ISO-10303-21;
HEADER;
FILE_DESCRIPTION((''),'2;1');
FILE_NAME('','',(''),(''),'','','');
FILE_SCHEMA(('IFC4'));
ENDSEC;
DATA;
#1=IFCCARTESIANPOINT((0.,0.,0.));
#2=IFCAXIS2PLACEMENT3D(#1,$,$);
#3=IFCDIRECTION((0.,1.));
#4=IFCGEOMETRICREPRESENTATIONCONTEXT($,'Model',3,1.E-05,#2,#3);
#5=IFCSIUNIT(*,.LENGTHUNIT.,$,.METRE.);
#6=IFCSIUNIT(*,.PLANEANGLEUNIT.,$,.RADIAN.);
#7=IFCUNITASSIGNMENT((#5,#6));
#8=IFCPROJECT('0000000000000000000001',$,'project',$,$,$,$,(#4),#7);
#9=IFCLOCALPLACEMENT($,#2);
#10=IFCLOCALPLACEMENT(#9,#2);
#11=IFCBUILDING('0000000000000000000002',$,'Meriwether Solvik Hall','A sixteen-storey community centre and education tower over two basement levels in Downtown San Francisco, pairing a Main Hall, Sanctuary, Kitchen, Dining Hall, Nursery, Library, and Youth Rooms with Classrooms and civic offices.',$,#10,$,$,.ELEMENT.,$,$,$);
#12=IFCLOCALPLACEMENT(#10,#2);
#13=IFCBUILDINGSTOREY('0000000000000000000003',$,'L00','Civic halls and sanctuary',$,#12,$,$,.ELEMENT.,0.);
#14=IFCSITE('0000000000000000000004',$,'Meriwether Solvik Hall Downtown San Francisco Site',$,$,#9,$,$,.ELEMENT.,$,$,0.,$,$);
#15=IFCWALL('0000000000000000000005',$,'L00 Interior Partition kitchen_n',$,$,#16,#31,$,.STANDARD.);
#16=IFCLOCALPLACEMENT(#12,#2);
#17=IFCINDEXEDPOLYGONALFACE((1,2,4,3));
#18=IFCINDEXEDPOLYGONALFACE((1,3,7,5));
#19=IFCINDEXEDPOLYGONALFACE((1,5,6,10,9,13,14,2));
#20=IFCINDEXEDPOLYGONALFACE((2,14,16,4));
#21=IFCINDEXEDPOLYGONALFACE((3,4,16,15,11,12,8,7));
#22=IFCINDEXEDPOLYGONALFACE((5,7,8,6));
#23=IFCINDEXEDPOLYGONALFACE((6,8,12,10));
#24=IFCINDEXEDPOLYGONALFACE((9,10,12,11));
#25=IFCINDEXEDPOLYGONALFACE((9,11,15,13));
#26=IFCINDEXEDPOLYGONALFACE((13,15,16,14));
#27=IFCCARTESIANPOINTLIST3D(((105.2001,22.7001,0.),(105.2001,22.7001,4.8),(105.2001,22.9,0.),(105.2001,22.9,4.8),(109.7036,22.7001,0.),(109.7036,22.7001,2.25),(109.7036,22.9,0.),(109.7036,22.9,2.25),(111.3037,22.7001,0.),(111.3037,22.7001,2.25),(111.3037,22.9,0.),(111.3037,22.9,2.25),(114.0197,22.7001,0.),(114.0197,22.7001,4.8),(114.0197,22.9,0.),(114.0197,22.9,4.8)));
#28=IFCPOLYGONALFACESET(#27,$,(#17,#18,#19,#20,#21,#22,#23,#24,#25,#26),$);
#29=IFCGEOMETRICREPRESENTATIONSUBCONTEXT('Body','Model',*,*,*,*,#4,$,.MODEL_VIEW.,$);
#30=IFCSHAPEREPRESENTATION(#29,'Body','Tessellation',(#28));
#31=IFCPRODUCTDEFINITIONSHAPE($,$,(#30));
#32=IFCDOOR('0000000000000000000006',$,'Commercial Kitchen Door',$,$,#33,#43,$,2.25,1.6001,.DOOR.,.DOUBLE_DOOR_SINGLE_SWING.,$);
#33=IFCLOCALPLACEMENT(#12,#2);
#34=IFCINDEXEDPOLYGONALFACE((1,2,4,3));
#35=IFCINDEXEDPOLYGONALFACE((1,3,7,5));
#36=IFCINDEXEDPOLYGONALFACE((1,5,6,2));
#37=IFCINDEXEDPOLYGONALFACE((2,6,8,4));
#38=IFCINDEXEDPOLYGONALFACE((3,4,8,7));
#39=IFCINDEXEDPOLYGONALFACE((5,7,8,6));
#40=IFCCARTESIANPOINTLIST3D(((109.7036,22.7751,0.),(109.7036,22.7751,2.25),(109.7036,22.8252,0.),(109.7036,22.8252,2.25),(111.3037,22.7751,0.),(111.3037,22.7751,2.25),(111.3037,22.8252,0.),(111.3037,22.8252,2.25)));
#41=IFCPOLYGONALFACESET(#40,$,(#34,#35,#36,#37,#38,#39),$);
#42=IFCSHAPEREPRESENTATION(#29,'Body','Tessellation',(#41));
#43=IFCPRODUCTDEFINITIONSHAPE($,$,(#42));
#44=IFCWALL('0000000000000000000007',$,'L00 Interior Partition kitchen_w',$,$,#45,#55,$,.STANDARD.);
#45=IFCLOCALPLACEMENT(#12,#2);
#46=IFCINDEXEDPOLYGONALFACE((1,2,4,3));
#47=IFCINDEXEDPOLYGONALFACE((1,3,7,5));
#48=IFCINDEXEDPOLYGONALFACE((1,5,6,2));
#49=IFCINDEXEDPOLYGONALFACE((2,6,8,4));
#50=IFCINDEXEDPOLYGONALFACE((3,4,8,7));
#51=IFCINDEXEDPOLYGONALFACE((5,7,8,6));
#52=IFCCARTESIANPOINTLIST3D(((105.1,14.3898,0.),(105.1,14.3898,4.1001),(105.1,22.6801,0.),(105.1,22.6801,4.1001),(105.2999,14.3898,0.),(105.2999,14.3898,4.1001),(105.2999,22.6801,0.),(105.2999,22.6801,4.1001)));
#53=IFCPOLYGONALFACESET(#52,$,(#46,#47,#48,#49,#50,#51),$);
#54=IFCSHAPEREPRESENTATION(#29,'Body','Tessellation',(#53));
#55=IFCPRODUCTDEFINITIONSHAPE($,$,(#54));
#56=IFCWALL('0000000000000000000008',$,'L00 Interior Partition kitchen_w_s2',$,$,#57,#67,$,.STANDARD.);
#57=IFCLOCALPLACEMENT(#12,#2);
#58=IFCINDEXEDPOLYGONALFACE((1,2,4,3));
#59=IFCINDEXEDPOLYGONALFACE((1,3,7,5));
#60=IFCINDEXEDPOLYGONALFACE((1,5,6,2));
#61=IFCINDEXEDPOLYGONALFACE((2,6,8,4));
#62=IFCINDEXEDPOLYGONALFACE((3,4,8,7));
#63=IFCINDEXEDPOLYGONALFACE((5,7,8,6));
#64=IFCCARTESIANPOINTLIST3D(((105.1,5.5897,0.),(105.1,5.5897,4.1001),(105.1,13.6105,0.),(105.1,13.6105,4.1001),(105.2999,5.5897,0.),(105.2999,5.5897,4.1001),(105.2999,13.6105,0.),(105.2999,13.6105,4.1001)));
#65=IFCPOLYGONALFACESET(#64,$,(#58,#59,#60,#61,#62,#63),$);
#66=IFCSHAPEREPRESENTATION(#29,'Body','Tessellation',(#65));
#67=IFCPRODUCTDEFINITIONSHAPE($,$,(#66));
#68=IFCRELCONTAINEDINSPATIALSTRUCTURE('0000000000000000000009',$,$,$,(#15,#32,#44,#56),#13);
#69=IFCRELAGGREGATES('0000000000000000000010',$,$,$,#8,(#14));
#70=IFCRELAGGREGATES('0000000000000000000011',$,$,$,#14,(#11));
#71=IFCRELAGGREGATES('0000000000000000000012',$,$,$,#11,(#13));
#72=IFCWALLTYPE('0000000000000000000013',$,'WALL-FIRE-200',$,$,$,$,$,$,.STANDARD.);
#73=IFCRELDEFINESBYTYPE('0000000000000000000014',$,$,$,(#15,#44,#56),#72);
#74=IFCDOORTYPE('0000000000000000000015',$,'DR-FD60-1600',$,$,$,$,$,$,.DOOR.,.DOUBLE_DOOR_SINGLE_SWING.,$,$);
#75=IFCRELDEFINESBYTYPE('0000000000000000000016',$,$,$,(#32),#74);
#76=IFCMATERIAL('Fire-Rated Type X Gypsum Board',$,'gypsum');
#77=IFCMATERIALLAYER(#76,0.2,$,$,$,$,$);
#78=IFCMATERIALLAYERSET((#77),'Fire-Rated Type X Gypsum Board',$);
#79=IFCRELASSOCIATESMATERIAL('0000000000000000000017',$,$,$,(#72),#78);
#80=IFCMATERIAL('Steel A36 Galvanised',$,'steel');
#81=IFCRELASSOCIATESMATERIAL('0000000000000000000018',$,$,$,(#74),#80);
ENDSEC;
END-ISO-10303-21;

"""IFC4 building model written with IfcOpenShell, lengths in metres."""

from ifc_helpers import new_model, si_unit, direction, frame, frame_2d, origin, place, context, subcontext, project, spatial, rectangle, extrude, material, layer, layer_set, type_object, element, fill, save


model = new_model("IFC4")

# Units and contexts
model_context = context("Model", 3, precision=1e-05, world=origin(), true_north=direction((0.0, 1.0)))
body_context = subcontext(model_context, "Body", "Model", "MODEL_VIEW")
ifc_project = project(units=[si_unit("LENGTHUNIT", "METRE"), si_unit("PLANEANGLEUNIT", "RADIAN")], contexts=[model_context])

# Site, building, storey
site_placement = place(None, origin())
site = spatial("IfcSite", under=ifc_project, at=site_placement, Name="Meriwether Solvik Hall Downtown San Francisco Site", CompositionType="ELEMENT", RefElevation=0.0)
building_placement = place(site_placement, origin())
building = spatial("IfcBuilding", under=site, at=building_placement, Name="Meriwether Solvik Hall", Description="A sixteen-storey community centre and education tower over two basement levels in Downtown San Francisco, pairing a Main Hall, Sanctuary, Kitchen, Dining Hall, Nursery, Library, and Youth Rooms with Classrooms and civic offices.", CompositionType="ELEMENT")
storey_placement = place(building_placement, origin())
storey = spatial("IfcBuildingStorey", under=building, at=storey_placement, Name="L00", Description="Civic halls and sanctuary", CompositionType="ELEMENT", Elevation=0.0)

# Wall, opening, door
ifc_material_1 = material(Name="Fire-Rated Type X Gypsum Board", Category="gypsum")
ifc_layer_1 = layer(ifc_material_1, 0.2)
ifc_layer_set_1 = layer_set([ifc_layer_1], Name="Fire-Rated Type X Gypsum Board")
wall_type_1 = type_object("IfcWallType", Name="WALL-FIRE-200", PredefinedType="STANDARD", material=ifc_layer_set_1)
wall_1_placement = place(storey_placement, frame((114.0195, 22.8, 0.0), z_axis=(0.0, 0.0, 1.0), x_axis=(-1.0, 0.0, 0.0)))
wall_1 = element("IfcWall", 1, at=wall_1_placement, inside=storey, type_object=wall_type_1, Name="L00 Interior Partition kitchen_n", PredefinedType="STANDARD", context=body_context, shape_type="SweptSolid", body=[
    extrude(rectangle(XDim=8.8196, YDim=0.2, at=frame_2d((4.4097, 0.0))), origin(), (0.0, 0.0, 1.0), 4.8),
])
opening_1_placement = place(wall_1_placement, frame((2.7158, 0.0, 0.0)))
opening_1 = element("IfcOpeningElement", 2, at=opening_1_placement, cuts=wall_1, PredefinedType="OPENING", context=body_context, shape_type="SweptSolid", body=[
    extrude(rectangle(XDim=1.6001, YDim=2.25, at=frame_2d((0.8, 1.125))), frame((0.0, 0.1118, 0.0), z_axis=(0.0, -1.0, 0.0), x_axis=(1.0, 0.0, 0.0)), (0.0, 0.0, 1.0), 0.2239),
])
ifc_material_2 = material(Name="Steel A36 Galvanised", Category="steel")
door_type_1 = type_object("IfcDoorType", Name="DR-FD60-1600", OperationType="DOUBLE_DOOR_SINGLE_SWING", PredefinedType="DOOR", material=ifc_material_2)
door_1_placement = place(opening_1_placement, origin())
door_1 = element("IfcDoor", 3, at=door_1_placement, inside=storey, type_object=door_type_1, Name="Commercial Kitchen Door", OperationType="DOUBLE_DOOR_SINGLE_SWING", OverallHeight=2.25, OverallWidth=1.6001, PredefinedType="DOOR", context=body_context, shape_type="SweptSolid", body=[
    extrude(rectangle(XDim=1.6001, YDim=2.25, at=frame_2d((0.8, 1.125))), frame((0.0, 0.0249, 0.0), z_axis=(0.0, -1.0, 0.0), x_axis=(1.0, 0.0, 0.0)), (0.0, 0.0, 1.0), 0.05),
])
fill(opening_1, door_1)

# Walls
wall_2_placement = place(storey_placement, frame((105.2, 22.6799, 0.0), z_axis=(0.0, 0.0, 1.0), x_axis=(0.0, -1.0, 0.0)))
element("IfcWall", 4, at=wall_2_placement, inside=storey, type_object=wall_type_1, Name="L00 Interior Partition kitchen_w", PredefinedType="STANDARD", context=body_context, shape_type="SweptSolid", body=[
    extrude(rectangle(XDim=8.2903, YDim=0.2, at=frame_2d((4.145, 0.0))), origin(), (0.0, 0.0, 1.0), 4.1001),
])
wall_3_placement = place(storey_placement, frame((105.2, 13.6104, 0.0), z_axis=(0.0, 0.0, 1.0), x_axis=(0.0, -1.0, 0.0)))
element("IfcWall", 5, at=wall_3_placement, inside=storey, type_object=wall_type_1, Name="L00 Interior Partition kitchen_w_s2", PredefinedType="STANDARD", context=body_context, shape_type="SweptSolid", body=[
    extrude(rectangle(XDim=8.0208, YDim=0.2, at=frame_2d((4.0103, 0.0))), origin(), (0.0, 0.0, 1.0), 4.1001),
])

save(model, "model.ifc")
